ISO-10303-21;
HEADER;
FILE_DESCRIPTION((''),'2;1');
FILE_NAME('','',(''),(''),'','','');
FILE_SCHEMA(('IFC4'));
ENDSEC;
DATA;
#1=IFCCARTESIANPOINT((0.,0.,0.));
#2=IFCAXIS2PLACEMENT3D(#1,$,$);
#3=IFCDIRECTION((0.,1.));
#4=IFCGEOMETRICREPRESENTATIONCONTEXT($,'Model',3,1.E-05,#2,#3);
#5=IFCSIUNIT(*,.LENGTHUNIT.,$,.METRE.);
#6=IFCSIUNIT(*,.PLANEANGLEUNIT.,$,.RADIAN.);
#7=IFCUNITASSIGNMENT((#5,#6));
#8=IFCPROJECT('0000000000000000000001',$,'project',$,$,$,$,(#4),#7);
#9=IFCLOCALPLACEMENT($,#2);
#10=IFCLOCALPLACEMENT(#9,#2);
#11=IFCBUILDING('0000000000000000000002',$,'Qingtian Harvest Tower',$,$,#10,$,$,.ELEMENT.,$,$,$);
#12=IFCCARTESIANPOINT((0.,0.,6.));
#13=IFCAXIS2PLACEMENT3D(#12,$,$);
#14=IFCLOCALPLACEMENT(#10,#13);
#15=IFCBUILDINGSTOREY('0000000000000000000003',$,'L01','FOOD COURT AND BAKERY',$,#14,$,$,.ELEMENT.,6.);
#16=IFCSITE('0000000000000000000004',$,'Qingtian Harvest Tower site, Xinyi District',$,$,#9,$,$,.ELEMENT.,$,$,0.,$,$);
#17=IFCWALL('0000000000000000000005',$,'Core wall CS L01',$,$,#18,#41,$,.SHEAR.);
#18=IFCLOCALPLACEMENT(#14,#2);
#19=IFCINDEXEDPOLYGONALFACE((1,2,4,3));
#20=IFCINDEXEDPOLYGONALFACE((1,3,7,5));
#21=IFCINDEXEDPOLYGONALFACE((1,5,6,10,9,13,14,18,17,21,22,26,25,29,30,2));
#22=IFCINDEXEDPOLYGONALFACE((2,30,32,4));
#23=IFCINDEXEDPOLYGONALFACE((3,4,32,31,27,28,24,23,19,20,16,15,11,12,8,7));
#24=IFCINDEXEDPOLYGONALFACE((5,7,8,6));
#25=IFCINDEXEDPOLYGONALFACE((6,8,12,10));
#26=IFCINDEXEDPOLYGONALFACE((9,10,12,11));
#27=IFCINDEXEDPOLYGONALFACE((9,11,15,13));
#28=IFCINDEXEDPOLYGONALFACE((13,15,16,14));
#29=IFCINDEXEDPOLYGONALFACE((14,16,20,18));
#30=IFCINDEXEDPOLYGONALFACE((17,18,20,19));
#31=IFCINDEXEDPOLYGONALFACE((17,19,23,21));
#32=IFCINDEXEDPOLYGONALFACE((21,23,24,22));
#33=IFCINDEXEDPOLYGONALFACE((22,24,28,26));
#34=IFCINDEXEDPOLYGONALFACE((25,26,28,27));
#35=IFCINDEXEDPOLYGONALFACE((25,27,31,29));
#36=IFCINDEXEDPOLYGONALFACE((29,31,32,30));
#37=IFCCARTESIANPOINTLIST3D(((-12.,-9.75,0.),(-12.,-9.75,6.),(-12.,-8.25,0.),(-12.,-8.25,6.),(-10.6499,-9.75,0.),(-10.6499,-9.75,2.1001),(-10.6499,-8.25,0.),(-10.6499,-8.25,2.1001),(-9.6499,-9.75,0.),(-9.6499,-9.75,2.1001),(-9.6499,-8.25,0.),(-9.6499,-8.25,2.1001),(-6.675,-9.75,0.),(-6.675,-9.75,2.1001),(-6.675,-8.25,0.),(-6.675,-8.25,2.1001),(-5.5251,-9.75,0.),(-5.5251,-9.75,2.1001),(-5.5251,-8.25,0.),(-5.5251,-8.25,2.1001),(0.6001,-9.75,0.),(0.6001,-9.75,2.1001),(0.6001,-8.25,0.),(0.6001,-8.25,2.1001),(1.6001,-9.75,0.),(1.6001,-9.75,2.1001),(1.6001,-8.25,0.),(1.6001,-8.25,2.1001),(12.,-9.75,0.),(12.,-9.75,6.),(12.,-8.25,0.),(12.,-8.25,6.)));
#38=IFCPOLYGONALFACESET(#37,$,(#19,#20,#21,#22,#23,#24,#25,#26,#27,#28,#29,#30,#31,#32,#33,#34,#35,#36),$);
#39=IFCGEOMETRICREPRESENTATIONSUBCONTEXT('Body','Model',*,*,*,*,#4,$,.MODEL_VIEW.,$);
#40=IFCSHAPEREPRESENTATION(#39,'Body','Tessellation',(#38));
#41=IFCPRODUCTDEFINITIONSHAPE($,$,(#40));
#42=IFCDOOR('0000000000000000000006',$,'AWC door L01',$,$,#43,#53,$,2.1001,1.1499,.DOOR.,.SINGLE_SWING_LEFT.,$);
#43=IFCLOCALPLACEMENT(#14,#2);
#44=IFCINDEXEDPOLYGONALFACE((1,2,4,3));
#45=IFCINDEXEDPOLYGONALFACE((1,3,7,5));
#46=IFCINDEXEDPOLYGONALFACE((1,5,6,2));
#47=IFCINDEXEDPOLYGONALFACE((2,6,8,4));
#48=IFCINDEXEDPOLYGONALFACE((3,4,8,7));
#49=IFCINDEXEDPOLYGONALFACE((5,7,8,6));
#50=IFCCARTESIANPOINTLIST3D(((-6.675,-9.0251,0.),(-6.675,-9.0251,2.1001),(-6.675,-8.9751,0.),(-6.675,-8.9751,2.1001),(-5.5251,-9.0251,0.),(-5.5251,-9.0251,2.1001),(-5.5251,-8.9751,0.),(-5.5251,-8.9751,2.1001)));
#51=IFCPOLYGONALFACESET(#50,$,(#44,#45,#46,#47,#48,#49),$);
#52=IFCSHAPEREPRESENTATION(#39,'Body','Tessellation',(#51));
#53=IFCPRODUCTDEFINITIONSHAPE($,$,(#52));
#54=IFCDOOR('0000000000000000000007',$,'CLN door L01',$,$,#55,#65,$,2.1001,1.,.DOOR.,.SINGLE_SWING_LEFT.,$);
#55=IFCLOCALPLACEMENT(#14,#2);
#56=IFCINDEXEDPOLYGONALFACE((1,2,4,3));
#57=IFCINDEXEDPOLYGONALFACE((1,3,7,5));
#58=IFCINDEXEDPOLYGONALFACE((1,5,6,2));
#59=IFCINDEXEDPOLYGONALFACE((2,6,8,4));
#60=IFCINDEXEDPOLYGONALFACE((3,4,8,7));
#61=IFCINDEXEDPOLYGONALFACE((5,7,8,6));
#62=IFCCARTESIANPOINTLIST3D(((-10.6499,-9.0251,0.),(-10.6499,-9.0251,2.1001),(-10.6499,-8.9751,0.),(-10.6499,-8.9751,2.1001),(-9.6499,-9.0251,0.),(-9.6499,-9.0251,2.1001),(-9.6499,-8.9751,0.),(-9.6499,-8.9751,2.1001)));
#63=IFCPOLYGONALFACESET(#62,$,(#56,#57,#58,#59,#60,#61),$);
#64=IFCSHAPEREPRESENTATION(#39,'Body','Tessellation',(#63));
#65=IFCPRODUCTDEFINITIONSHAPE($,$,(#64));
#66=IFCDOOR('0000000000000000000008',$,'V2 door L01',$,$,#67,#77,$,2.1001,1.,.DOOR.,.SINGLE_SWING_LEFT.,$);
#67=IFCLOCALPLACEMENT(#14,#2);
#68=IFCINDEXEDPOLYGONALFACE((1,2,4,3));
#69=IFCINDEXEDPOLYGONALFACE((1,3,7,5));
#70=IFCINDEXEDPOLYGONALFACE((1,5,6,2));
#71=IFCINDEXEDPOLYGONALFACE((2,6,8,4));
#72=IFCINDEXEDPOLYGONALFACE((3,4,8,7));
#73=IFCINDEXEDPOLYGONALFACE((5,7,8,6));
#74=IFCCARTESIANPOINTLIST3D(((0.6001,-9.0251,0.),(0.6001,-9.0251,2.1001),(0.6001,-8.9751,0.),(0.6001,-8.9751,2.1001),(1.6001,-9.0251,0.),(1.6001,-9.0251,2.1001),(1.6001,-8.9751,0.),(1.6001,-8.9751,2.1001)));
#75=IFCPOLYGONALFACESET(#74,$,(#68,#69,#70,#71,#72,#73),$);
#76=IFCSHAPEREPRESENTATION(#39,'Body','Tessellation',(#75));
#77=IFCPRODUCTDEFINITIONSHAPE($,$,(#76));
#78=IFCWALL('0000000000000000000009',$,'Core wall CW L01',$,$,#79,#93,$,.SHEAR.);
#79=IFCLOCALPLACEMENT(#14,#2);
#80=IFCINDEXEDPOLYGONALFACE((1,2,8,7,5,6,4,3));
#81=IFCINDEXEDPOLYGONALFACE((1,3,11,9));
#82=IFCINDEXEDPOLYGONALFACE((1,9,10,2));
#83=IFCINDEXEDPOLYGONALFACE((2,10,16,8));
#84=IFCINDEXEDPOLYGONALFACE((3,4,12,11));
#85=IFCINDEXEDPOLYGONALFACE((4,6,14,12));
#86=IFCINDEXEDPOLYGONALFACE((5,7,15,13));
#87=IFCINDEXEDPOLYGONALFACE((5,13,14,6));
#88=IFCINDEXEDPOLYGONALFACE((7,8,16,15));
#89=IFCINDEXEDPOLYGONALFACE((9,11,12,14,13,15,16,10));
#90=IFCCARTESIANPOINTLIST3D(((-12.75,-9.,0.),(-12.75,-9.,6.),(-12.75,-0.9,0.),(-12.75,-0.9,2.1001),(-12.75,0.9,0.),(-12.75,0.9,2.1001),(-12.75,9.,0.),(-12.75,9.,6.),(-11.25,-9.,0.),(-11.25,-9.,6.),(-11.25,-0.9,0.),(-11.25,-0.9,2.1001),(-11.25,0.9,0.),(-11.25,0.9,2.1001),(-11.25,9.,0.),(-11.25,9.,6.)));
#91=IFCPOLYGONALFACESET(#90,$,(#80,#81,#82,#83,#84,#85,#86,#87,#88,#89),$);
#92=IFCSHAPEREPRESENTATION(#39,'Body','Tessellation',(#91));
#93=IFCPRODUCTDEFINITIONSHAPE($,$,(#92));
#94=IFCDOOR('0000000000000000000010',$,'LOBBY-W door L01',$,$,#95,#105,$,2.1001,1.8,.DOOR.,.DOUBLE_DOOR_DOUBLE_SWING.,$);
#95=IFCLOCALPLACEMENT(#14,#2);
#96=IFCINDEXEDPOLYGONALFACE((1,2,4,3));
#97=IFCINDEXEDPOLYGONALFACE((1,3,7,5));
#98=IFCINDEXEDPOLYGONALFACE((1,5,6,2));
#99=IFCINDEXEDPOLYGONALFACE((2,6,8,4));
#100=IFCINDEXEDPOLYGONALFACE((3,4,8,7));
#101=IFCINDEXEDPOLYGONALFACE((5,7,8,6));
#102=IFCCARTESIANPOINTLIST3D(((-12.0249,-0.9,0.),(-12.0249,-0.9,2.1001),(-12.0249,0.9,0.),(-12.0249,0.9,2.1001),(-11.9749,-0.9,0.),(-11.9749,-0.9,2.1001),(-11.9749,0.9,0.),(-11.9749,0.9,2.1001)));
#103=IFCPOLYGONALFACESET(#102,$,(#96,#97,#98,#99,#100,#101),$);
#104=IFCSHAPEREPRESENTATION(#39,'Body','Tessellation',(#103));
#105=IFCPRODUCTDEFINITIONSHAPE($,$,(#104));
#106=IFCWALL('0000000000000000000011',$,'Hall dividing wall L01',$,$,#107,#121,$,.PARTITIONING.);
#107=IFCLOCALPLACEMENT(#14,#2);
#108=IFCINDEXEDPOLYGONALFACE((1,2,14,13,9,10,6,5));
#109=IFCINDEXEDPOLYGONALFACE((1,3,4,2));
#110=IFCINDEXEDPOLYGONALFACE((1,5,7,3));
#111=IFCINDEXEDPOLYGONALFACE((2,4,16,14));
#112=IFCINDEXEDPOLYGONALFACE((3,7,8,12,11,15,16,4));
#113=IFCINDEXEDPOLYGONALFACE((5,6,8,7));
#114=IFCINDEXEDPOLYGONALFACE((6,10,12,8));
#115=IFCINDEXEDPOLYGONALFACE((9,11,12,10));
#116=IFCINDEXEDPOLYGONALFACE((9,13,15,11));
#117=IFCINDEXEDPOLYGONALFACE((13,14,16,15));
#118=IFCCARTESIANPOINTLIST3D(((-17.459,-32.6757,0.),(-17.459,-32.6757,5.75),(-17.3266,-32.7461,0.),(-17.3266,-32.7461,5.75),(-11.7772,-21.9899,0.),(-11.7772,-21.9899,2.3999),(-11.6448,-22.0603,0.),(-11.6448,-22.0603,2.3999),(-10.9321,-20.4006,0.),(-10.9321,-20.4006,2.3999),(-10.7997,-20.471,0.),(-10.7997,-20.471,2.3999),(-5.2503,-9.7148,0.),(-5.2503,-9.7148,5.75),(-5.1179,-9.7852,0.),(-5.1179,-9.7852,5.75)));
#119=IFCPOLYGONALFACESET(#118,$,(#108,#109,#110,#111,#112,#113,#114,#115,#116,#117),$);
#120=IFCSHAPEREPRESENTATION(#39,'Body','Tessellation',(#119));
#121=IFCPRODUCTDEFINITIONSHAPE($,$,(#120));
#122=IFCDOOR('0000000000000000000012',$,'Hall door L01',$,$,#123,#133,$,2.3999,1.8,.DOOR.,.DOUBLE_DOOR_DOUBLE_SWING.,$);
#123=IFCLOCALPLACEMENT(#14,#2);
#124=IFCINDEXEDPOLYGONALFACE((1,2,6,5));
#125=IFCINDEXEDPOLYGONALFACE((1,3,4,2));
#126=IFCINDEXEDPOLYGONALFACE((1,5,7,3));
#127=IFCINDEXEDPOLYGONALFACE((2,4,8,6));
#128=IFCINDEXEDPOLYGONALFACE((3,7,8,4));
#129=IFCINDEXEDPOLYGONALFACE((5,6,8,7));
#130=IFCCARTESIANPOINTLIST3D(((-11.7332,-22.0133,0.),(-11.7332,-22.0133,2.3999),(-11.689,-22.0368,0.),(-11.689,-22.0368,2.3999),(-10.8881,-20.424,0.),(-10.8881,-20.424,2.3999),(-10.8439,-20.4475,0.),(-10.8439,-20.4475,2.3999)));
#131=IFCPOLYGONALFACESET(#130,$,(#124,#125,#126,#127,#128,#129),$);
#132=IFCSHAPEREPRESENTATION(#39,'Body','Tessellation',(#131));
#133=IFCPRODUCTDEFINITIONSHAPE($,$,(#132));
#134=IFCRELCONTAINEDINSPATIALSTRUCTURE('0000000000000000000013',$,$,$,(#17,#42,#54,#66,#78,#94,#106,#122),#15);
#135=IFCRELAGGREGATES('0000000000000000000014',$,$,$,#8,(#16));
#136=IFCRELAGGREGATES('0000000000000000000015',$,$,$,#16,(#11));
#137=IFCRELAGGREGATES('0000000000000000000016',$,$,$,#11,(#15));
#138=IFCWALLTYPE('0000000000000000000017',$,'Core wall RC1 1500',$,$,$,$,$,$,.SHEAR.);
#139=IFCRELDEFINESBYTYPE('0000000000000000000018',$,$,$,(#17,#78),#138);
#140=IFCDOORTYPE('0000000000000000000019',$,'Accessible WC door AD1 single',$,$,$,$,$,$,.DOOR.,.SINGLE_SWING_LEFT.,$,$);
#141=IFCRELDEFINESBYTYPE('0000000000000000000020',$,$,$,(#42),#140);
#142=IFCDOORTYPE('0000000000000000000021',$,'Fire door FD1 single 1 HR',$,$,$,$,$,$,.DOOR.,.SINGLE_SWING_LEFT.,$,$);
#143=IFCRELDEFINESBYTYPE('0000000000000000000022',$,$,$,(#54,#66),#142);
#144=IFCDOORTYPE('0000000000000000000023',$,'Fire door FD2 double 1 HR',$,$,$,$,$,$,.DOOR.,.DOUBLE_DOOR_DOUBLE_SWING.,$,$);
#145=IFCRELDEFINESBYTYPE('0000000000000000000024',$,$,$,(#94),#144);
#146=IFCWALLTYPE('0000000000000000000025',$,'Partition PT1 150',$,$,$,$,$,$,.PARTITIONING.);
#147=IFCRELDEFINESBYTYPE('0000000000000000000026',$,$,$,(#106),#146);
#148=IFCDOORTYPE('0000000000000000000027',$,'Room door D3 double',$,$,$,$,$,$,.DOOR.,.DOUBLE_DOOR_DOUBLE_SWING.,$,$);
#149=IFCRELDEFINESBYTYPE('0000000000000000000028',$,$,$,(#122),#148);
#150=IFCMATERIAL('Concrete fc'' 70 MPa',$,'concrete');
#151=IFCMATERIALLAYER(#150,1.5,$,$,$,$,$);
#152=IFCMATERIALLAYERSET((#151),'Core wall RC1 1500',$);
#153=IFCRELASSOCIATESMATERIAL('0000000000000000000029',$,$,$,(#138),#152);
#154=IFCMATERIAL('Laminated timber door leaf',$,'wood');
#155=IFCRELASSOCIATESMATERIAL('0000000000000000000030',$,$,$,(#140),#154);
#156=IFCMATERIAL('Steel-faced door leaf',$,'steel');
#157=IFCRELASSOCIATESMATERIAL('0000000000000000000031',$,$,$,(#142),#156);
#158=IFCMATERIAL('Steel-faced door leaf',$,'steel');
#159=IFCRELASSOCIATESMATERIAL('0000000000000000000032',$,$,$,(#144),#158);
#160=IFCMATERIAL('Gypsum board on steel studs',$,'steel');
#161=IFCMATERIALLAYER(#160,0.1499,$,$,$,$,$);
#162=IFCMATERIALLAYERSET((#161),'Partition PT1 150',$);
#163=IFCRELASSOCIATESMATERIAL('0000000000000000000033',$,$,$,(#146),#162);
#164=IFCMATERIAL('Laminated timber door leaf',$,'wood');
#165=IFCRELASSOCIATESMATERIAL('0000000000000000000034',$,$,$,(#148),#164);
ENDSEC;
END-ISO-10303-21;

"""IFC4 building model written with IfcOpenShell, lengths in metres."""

from ifc_helpers import new_model, si_unit, direction, frame, frame_2d, origin, place, context, subcontext, project, spatial, rectangle, extrude, material, layer, layer_set, type_object, element, fill, save


model = new_model("IFC4")

# Units and contexts
model_context = context("Model", 3, precision=1e-05, world=origin(), true_north=direction((0.0, 1.0)))
body_context = subcontext(model_context, "Body", "Model", "MODEL_VIEW")
ifc_project = project(units=[si_unit("LENGTHUNIT", "METRE"), si_unit("PLANEANGLEUNIT", "RADIAN")], contexts=[model_context])

# Site, building, storey
site_placement = place(None, origin())
site = spatial("IfcSite", under=ifc_project, at=site_placement, Name="Qingtian Harvest Tower site, Xinyi District", CompositionType="ELEMENT", RefElevation=0.0)
building_placement = place(site_placement, origin())
building = spatial("IfcBuilding", under=site, at=building_placement, Name="Qingtian Harvest Tower", CompositionType="ELEMENT")
storey_placement = place(building_placement, frame((0.0, 0.0, 6.0)))
storey = spatial("IfcBuildingStorey", under=building, at=storey_placement, Name="L01", Description="FOOD COURT AND BAKERY", CompositionType="ELEMENT", Elevation=6.0)

# Wall, openings, doors
ifc_material_1 = material(Name="Concrete fc' 70 MPa", Category="concrete")
ifc_layer_1 = layer(ifc_material_1, 1.5)
ifc_layer_set_1 = layer_set([ifc_layer_1], Name="Core wall RC1 1500")
wall_type_1 = type_object("IfcWallType", Name="Core wall RC1 1500", PredefinedType="SHEAR", material=ifc_layer_set_1)
wall_1_placement = place(storey_placement, frame((-12.0, -9.0, 0.0), z_axis=(0.0, 0.0, 1.0), x_axis=(1.0, 0.0, 0.0)))
wall_1 = element("IfcWall", 1, at=wall_1_placement, inside=storey, type_object=wall_type_1, Name="Core wall CS L01", PredefinedType="SHEAR", context=body_context, shape_type="SweptSolid", body=[
    extrude(rectangle(XDim=24.0, YDim=1.5, at=frame_2d((12.0, 0.0))), origin(), (0.0, 0.0, 1.0), 6.0),
])
opening_1_placement = place(wall_1_placement, frame((1.3501, 0.0, 0.0)))
opening_1 = element("IfcOpeningElement", 2, at=opening_1_placement, cuts=wall_1, PredefinedType="OPENING", context=body_context, shape_type="SweptSolid", body=[
    extrude(rectangle(XDim=1.0, YDim=2.1001, at=frame_2d((0.5, 1.05))), frame((0.0, 0.76, 0.0), z_axis=(0.0, -1.0, 0.0), x_axis=(1.0, 0.0, 0.0)), (0.0, 0.0, 1.0), 1.52),
])
opening_2_placement = place(wall_1_placement, frame((5.325, 0.0, 0.0)))
opening_2 = element("IfcOpeningElement", 3, at=opening_2_placement, cuts=wall_1, PredefinedType="OPENING", context=body_context, shape_type="SweptSolid", body=[
    extrude(rectangle(XDim=1.1499, YDim=2.1001, at=frame_2d((0.575, 1.05))), frame((0.0, 0.76, 0.0), z_axis=(0.0, -1.0, 0.0), x_axis=(1.0, 0.0, 0.0)), (0.0, 0.0, 1.0), 1.52),
])
opening_3_placement = place(wall_1_placement, frame((12.6001, 0.0, 0.0)))
opening_3 = element("IfcOpeningElement", 4, at=opening_3_placement, cuts=wall_1, PredefinedType="OPENING", context=body_context, shape_type="SweptSolid", body=[
    extrude(rectangle(XDim=1.0, YDim=2.1001, at=frame_2d((0.5, 1.05))), frame((0.0, 0.76, 0.0), z_axis=(0.0, -1.0, 0.0), x_axis=(1.0, 0.0, 0.0)), (0.0, 0.0, 1.0), 1.52),
])
ifc_material_2 = material(Name="Laminated timber door leaf", Category="wood")
door_type_1 = type_object("IfcDoorType", Name="Accessible WC door AD1 single", OperationType="SINGLE_SWING_LEFT", PredefinedType="DOOR", material=ifc_material_2)
door_1_placement = place(opening_2_placement, origin())
door_1 = element("IfcDoor", 5, at=door_1_placement, inside=storey, type_object=door_type_1, Name="AWC door L01", OperationType="SINGLE_SWING_LEFT", OverallHeight=2.1001, OverallWidth=1.1499, PredefinedType="DOOR", context=body_context, shape_type="SweptSolid", body=[
    extrude(rectangle(XDim=1.1499, YDim=2.1001, at=frame_2d((0.575, 1.05))), frame((0.0, 0.0249, 0.0), z_axis=(0.0, -1.0, 0.0), x_axis=(1.0, 0.0, 0.0)), (0.0, 0.0, 1.0), 0.05),
])
fill(opening_2, door_1)
ifc_material_3 = material(Name="Steel-faced door leaf", Category="steel")
door_type_2 = type_object("IfcDoorType", Name="Fire door FD1 single 1 HR", OperationType="SINGLE_SWING_LEFT", PredefinedType="DOOR", material=ifc_material_3)
door_2_placement = place(opening_1_placement, origin())
door_2 = element("IfcDoor", 6, at=door_2_placement, inside=storey, type_object=door_type_2, Name="CLN door L01", OperationType="SINGLE_SWING_LEFT", OverallHeight=2.1001, OverallWidth=1.0, PredefinedType="DOOR", context=body_context, shape_type="SweptSolid", body=[
    extrude(rectangle(XDim=1.0, YDim=2.1001, at=frame_2d((0.5, 1.05))), frame((0.0, 0.0249, 0.0), z_axis=(0.0, -1.0, 0.0), x_axis=(1.0, 0.0, 0.0)), (0.0, 0.0, 1.0), 0.05),
])
fill(opening_1, door_2)
door_3_placement = place(opening_3_placement, origin())
door_3 = element("IfcDoor", 7, at=door_3_placement, inside=storey, type_object=door_type_2, Name="V2 door L01", OperationType="SINGLE_SWING_LEFT", OverallHeight=2.1001, OverallWidth=1.0, PredefinedType="DOOR", context=body_context, shape_type="SweptSolid", body=[
    extrude(rectangle(XDim=1.0, YDim=2.1001, at=frame_2d((0.5, 1.05))), frame((0.0, 0.0249, 0.0), z_axis=(0.0, -1.0, 0.0), x_axis=(1.0, 0.0, 0.0)), (0.0, 0.0, 1.0), 0.05),
])
fill(opening_3, door_3)

# Walls, openings, doors
wall_2_placement = place(storey_placement, frame((-12.0, -9.0, 0.0), z_axis=(0.0, 0.0, 1.0), x_axis=(0.0, 1.0, 0.0)))
wall_2 = element("IfcWall", 8, at=wall_2_placement, inside=storey, type_object=wall_type_1, Name="Core wall CW L01", PredefinedType="SHEAR", context=body_context, shape_type="SweptSolid", body=[
    extrude(rectangle(XDim=18.0, YDim=1.5, at=frame_2d((9.0, 0.0))), origin(), (0.0, 0.0, 1.0), 6.0),
])
opening_4_placement = place(wall_2_placement, frame((8.1001, 0.0, 0.0)))
opening_4 = element("IfcOpeningElement", 9, at=opening_4_placement, cuts=wall_2, PredefinedType="OPENING", context=body_context, shape_type="SweptSolid", body=[
    extrude(rectangle(XDim=1.8, YDim=2.1001, at=frame_2d((0.8999, 1.05))), frame((0.0, 0.76, 0.0), z_axis=(0.0, -1.0, 0.0), x_axis=(1.0, 0.0, 0.0)), (0.0, 0.0, 1.0), 1.52),
])
ifc_material_4 = material(Name="Steel-faced door leaf", Category="steel")
door_type_3 = type_object("IfcDoorType", Name="Fire door FD2 double 1 HR", OperationType="DOUBLE_DOOR_DOUBLE_SWING", PredefinedType="DOOR", material=ifc_material_4)
door_4_placement = place(opening_4_placement, origin())
door_4 = element("IfcDoor", 10, at=door_4_placement, inside=storey, type_object=door_type_3, Name="LOBBY-W door L01", OperationType="DOUBLE_DOOR_DOUBLE_SWING", OverallHeight=2.1001, OverallWidth=1.8, PredefinedType="DOOR", context=body_context, shape_type="SweptSolid", body=[
    extrude(rectangle(XDim=1.8, YDim=2.1001, at=frame_2d((0.8999, 1.05))), frame((0.0, 0.0249, 0.0), z_axis=(0.0, -1.0, 0.0), x_axis=(1.0, 0.0, 0.0)), (0.0, 0.0, 1.0), 0.05),
])
fill(opening_4, door_4)
ifc_material_5 = material(Name="Gypsum board on steel studs", Category="steel")
ifc_layer_2 = layer(ifc_material_5, 0.1499)
ifc_layer_set_2 = layer_set([ifc_layer_2], Name="Partition PT1 150")
wall_type_2 = type_object("IfcWallType", Name="Partition PT1 150", PredefinedType="PARTITIONING", material=ifc_layer_set_2)
wall_3_placement = place(storey_placement, frame((-5.1841, -9.75, 0.0), z_axis=(0.0, 0.0, 1.0), x_axis=(-0.469477, -0.882945, 0.0)))
wall_3 = element("IfcWall", 11, at=wall_3_placement, inside=storey, type_object=wall_type_2, Name="Hall dividing wall L01", PredefinedType="PARTITIONING", context=body_context, shape_type="SweptSolid", body=[
    extrude(rectangle(XDim=26.0049, YDim=0.1499, at=frame_2d((13.0024, 0.0))), origin(), (0.0, 0.0, 1.0), 5.75),
])
opening_5_placement = place(wall_3_placement, frame((12.1025, 0.0, 0.0)))
opening_5 = element("IfcOpeningElement", 12, at=opening_5_placement, cuts=wall_3, PredefinedType="OPENING", context=body_context, shape_type="SweptSolid", body=[
    extrude(rectangle(XDim=1.8, YDim=2.3999, at=frame_2d((0.8999, 1.2))), frame((0.0, 0.085, 0.0), z_axis=(0.0, -1.0, 0.0), x_axis=(1.0, 0.0, 0.0)), (0.0, 0.0, 1.0), 0.1699),
])
ifc_material_6 = material(Name="Laminated timber door leaf", Category="wood")
door_type_4 = type_object("IfcDoorType", Name="Room door D3 double", OperationType="DOUBLE_DOOR_DOUBLE_SWING", PredefinedType="DOOR", material=ifc_material_6)
door_5_placement = place(opening_5_placement, origin())
door_5 = element("IfcDoor", 13, at=door_5_placement, inside=storey, type_object=door_type_4, Name="Hall door L01", OperationType="DOUBLE_DOOR_DOUBLE_SWING", OverallHeight=2.3999, OverallWidth=1.8, PredefinedType="DOOR", context=body_context, shape_type="SweptSolid", body=[
    extrude(rectangle(XDim=1.8, YDim=2.3999, at=frame_2d((0.8999, 1.2))), frame((0.0, 0.0249, 0.0), z_axis=(0.0, -1.0, 0.0), x_axis=(1.0, 0.0, 0.0)), (0.0, 0.0, 1.0), 0.05),
])
fill(opening_5, door_5)

save(model, "model.ifc")
